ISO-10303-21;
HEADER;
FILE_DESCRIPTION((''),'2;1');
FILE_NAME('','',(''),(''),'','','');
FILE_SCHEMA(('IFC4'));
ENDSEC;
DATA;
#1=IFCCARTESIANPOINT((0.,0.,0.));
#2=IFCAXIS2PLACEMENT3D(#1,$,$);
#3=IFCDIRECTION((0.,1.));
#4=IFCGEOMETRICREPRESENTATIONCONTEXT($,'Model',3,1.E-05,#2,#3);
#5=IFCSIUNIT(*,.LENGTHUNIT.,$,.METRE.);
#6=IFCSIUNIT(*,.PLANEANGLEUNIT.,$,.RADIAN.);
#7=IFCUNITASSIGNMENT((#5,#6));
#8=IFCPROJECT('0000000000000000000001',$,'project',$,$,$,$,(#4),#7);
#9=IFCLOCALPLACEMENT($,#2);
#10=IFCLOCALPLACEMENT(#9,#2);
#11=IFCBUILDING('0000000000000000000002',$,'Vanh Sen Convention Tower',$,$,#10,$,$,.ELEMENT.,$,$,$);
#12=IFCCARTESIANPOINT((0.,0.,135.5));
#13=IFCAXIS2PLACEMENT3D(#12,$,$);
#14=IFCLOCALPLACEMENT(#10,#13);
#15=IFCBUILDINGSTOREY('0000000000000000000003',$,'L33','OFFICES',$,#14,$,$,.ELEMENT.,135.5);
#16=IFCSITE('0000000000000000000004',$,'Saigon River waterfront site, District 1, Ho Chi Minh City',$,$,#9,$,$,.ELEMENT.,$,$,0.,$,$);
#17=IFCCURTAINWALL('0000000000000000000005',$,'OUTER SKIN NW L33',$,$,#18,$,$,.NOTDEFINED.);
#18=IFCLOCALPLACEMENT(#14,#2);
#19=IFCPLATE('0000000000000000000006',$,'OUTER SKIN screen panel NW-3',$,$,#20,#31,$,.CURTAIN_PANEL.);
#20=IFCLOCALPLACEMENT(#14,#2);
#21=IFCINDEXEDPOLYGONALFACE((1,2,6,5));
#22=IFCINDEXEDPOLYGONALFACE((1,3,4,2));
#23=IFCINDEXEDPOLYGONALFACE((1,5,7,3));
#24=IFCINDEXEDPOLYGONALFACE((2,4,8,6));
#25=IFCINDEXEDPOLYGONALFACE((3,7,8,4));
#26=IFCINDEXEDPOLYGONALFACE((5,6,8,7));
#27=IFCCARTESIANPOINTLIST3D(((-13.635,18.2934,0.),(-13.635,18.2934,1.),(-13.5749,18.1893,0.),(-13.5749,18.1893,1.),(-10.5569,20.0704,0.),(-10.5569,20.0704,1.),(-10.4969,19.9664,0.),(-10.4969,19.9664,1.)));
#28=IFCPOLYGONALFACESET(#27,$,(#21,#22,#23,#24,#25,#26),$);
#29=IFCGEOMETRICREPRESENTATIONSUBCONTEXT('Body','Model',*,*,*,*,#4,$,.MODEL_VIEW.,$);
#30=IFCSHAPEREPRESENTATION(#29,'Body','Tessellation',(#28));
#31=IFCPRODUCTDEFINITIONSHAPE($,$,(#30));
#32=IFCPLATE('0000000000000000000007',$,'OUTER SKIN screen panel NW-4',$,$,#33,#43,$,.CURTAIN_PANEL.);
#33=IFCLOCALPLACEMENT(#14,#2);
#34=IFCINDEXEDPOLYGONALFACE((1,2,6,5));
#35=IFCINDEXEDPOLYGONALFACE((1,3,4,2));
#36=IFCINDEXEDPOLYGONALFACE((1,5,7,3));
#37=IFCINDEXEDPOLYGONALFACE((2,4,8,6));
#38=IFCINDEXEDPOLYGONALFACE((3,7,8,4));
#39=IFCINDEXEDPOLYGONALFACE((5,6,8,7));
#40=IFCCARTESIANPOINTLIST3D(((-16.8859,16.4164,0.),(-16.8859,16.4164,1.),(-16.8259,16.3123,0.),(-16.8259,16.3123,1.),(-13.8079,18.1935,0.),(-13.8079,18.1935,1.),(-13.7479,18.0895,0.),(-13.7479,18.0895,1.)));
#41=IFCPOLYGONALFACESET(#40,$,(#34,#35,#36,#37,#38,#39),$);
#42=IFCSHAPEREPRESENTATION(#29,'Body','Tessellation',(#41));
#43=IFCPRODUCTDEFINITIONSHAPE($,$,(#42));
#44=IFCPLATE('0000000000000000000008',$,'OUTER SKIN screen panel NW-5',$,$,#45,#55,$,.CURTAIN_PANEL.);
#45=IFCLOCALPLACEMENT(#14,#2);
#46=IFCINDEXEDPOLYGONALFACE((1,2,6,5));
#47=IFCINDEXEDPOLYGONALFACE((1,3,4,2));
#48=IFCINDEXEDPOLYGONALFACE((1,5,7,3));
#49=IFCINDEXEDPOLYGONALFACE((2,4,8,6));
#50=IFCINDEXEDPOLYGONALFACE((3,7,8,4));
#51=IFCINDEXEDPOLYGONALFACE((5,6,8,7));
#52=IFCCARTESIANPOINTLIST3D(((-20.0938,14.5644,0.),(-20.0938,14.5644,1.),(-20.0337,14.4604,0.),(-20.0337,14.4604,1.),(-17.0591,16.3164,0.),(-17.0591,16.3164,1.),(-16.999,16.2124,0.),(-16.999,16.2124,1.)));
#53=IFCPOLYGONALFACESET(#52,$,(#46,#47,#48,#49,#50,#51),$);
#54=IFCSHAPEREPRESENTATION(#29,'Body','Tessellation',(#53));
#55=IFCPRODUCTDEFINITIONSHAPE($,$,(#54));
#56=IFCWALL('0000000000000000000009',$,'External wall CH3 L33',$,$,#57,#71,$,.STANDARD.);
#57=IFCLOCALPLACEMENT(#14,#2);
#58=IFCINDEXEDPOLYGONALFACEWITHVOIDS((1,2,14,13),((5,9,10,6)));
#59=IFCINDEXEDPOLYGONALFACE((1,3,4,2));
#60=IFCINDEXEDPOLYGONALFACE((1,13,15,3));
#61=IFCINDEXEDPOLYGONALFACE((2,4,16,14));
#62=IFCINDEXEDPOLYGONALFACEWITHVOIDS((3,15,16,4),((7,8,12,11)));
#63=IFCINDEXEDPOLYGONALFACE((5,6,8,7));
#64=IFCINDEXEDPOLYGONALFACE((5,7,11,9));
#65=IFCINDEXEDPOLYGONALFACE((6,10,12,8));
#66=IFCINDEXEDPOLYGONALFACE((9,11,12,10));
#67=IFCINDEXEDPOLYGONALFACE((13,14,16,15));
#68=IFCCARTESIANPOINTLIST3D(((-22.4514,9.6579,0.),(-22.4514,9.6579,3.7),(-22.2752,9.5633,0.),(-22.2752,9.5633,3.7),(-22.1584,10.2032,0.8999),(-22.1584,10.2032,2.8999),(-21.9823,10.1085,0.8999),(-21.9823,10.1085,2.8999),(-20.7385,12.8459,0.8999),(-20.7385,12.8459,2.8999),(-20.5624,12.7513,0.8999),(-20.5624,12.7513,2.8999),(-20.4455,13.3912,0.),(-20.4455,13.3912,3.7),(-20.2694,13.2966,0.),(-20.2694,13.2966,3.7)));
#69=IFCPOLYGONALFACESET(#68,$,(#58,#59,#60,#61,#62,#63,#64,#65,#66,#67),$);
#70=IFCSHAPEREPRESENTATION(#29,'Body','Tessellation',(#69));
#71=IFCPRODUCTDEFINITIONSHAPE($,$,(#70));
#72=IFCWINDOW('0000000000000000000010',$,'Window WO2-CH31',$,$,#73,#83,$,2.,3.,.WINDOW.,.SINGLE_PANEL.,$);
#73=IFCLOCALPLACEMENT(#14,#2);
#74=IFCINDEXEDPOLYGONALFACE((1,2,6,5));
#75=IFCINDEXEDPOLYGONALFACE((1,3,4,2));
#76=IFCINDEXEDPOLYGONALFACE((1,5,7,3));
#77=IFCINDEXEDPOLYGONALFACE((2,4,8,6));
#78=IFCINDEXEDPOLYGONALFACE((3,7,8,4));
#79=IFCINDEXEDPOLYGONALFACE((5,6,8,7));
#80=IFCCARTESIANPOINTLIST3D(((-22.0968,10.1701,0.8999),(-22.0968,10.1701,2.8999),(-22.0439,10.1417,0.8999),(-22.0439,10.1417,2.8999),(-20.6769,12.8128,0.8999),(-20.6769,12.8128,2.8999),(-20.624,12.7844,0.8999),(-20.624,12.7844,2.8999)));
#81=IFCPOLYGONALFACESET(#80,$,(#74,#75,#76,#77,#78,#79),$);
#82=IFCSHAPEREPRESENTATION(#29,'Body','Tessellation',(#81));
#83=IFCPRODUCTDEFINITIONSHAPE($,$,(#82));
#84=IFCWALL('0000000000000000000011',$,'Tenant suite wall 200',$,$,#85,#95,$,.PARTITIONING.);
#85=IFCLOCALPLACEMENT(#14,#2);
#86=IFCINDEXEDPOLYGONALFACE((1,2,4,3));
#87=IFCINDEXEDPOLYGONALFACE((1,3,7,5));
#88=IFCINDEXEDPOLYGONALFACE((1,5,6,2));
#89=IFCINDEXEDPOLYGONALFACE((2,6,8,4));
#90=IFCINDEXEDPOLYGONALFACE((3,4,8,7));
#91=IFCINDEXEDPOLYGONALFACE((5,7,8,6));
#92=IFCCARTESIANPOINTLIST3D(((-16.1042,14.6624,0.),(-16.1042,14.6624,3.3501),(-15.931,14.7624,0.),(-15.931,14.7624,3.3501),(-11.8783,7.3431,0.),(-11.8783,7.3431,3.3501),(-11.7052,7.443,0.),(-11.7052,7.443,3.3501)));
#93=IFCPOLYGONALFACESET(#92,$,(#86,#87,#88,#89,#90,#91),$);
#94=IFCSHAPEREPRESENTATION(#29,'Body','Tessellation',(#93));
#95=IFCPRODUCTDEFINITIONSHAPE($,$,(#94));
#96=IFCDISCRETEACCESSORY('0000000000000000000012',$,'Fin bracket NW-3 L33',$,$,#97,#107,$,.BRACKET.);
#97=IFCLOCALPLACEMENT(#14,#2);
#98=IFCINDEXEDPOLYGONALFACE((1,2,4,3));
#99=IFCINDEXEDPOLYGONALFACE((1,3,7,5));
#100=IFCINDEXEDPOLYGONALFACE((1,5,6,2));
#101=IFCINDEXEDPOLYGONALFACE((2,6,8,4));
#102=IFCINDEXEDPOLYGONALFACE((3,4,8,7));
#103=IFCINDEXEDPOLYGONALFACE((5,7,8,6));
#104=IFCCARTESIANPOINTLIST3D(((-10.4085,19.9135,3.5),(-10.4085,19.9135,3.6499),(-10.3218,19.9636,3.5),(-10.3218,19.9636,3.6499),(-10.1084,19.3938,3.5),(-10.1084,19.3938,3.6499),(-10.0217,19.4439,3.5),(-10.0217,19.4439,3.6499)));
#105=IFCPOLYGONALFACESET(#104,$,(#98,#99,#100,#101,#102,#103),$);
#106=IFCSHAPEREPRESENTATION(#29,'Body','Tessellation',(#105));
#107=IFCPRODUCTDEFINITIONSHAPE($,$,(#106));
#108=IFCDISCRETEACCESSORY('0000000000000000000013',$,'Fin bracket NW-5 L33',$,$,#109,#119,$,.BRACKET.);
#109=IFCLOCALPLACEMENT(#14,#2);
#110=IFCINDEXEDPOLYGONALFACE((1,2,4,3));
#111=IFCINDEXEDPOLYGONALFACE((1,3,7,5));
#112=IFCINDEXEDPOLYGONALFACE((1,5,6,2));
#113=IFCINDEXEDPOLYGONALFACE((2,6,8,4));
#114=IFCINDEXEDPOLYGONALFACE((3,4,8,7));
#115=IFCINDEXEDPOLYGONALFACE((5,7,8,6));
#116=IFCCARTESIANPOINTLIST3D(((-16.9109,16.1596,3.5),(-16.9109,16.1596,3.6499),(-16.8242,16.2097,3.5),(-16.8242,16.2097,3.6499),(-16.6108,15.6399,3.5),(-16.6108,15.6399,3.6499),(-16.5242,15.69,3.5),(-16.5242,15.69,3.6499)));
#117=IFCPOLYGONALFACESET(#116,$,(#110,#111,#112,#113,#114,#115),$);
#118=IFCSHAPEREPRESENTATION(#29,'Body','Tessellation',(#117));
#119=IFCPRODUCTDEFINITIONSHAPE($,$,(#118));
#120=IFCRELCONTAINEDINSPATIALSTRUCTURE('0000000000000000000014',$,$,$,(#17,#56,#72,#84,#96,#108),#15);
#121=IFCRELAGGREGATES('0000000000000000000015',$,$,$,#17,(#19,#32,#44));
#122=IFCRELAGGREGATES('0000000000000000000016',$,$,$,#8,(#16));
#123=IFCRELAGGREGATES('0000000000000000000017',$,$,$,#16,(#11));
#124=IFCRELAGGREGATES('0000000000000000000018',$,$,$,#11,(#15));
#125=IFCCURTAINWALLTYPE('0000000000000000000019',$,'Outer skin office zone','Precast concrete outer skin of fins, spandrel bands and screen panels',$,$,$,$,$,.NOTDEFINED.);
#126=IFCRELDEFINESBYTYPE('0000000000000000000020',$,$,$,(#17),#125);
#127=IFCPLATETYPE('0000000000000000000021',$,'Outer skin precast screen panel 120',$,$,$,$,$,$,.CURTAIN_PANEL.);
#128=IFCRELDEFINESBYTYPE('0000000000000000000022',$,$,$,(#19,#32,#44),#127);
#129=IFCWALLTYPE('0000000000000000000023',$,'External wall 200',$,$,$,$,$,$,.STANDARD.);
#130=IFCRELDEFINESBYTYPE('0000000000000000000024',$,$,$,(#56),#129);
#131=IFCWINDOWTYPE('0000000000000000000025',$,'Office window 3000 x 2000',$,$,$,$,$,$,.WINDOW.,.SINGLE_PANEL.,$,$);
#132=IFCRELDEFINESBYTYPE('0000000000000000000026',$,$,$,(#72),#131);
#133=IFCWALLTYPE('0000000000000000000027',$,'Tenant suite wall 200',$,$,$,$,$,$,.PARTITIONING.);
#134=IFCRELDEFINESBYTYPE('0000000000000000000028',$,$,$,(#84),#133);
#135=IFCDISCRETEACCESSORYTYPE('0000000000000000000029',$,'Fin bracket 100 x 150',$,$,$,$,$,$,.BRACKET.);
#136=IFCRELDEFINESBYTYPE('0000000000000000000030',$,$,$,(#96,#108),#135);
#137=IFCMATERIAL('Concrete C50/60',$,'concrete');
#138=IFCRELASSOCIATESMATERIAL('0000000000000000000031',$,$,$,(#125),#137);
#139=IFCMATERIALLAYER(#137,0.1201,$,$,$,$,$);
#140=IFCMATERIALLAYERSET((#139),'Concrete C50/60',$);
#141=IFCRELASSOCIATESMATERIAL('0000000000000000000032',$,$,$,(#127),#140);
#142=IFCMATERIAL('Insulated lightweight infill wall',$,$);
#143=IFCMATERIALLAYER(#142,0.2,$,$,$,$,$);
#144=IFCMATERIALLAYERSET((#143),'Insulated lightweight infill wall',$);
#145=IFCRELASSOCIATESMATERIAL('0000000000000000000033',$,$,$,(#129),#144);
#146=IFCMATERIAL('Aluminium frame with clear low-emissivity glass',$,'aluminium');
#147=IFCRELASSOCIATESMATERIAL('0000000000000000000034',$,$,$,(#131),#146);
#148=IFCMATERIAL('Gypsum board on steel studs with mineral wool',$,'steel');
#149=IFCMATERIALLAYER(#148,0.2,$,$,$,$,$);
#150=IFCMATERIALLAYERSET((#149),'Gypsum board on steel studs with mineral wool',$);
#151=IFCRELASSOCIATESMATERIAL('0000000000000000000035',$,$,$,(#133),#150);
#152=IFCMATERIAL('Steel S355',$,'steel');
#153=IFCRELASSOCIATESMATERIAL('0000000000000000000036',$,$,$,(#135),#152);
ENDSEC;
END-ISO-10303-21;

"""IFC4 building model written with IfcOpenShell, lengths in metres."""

from ifc_helpers import new_model, si_unit, direction, frame, frame_2d, origin, origin_2d, place, context, subcontext, project, spatial, rectangle, extrude, material, layer, layer_set, type_object, element, fill, aggregate, save


model = new_model("IFC4")

# Units and contexts
model_context = context("Model", 3, precision=1e-05, world=origin(), true_north=direction((0.0, 1.0)))
body_context = subcontext(model_context, "Body", "Model", "MODEL_VIEW")
ifc_project = project(units=[si_unit("LENGTHUNIT", "METRE"), si_unit("PLANEANGLEUNIT", "RADIAN")], contexts=[model_context])

# Site, building, storey
site_placement = place(None, origin())
site = spatial("IfcSite", under=ifc_project, at=site_placement, Name="Saigon River waterfront site, District 1, Ho Chi Minh City", CompositionType="ELEMENT", RefElevation=0.0)
building_placement = place(site_placement, origin())
building = spatial("IfcBuilding", under=site, at=building_placement, Name="Vanh Sen Convention Tower", CompositionType="ELEMENT")
storey_placement = place(building_placement, frame((0.0, 0.0, 135.5)))
storey = spatial("IfcBuildingStorey", under=building, at=storey_placement, Name="L33", Description="OFFICES", CompositionType="ELEMENT", Elevation=135.5)

# Curtain wall
ifc_material_1 = material(Name="Concrete C50/60", Category="concrete")
curtain_wall_type = type_object("IfcCurtainWallType", Name="Outer skin office zone", Description="Precast concrete outer skin of fins, spandrel bands and screen panels", PredefinedType="NOTDEFINED", material=ifc_material_1)
curtain_wall_1_placement = place(storey_placement, origin())
curtain_wall_1 = element("IfcCurtainWall", 1, at=curtain_wall_1_placement, inside=storey, type_object=curtain_wall_type, Name="OUTER SKIN NW L33", PredefinedType="NOTDEFINED")

# Plates
ifc_layer_1 = layer(ifc_material_1, 0.1201)
ifc_layer_set_1 = layer_set([ifc_layer_1], Name="Concrete C50/60")
plate_type = type_object("IfcPlateType", Name="Outer skin precast screen panel 120", PredefinedType="CURTAIN_PANEL", material=ifc_layer_set_1)
plate_1_placement = place(storey_placement, frame((-12.0659, 19.1299, 0.0), z_axis=(0.0, 0.0, 1.0), x_axis=(-0.866035, -0.499983, 0.0)))
plate_1 = element("IfcPlate", 2, at=plate_1_placement, type_object=plate_type, Name="OUTER SKIN screen panel NW-3", PredefinedType="CURTAIN_PANEL", context=body_context, shape_type="SweptSolid", body=[
    extrude(rectangle(XDim=3.5542, YDim=0.1201, at=origin_2d()), origin(), (0.0, 0.0, 1.0), 1.0),
])
plate_2_placement = place(storey_placement, frame((-15.3169, 17.2529, 0.0), z_axis=(0.0, 0.0, 1.0), x_axis=(-0.866017, -0.500015, 0.0)))
plate_2 = element("IfcPlate", 3, at=plate_2_placement, type_object=plate_type, Name="OUTER SKIN screen panel NW-4", PredefinedType="CURTAIN_PANEL", context=body_context, shape_type="SweptSolid", body=[
    extrude(rectangle(XDim=3.5542, YDim=0.1201, at=origin_2d()), origin(), (0.0, 0.0, 1.0), 1.0),
])
plate_3_placement = place(storey_placement, frame((-18.5464, 15.3884, 0.0), z_axis=(0.0, 0.0, 1.0), x_axis=(-0.866035, -0.499983, 0.0)))
plate_3 = element("IfcPlate", 4, at=plate_3_placement, type_object=plate_type, Name="OUTER SKIN screen panel NW-5", PredefinedType="CURTAIN_PANEL", context=body_context, shape_type="SweptSolid", body=[
    extrude(rectangle(XDim=3.5042, YDim=0.1201, at=origin_2d()), origin(), (0.0, 0.0, 1.0), 1.0),
])
aggregate(curtain_wall_1, [plate_1, plate_2, plate_3])

# Wall, opening, window
ifc_material_2 = material(Name="Insulated lightweight infill wall")
ifc_layer_2 = layer(ifc_material_2, 0.2)
ifc_layer_set_2 = layer_set([ifc_layer_2], Name="Insulated lightweight infill wall")
wall_type_1 = type_object("IfcWallType", Name="External wall 200", PredefinedType="STANDARD", material=ifc_layer_set_2)
wall_1_placement = place(storey_placement, frame((-20.3574, 13.344, 0.0), z_axis=(0.0, 0.0, 1.0), x_axis=(-0.473289, -0.880907, 0.0)))
wall_1 = element("IfcWall", 5, at=wall_1_placement, inside=storey, type_object=wall_type_1, Name="External wall CH3 L33", PredefinedType="STANDARD", context=body_context, shape_type="SweptSolid", body=[
    extrude(rectangle(XDim=4.238, YDim=0.2, at=frame_2d((2.1191, 0.0))), origin(), (0.0, 0.0, 1.0), 3.7),
])
opening_placement = place(wall_1_placement, frame((0.6191, 0.0, 0.8999)))
opening = element("IfcOpeningElement", 6, at=opening_placement, cuts=wall_1, PredefinedType="OPENING", context=body_context, shape_type="SweptSolid", body=[
    extrude(rectangle(XDim=3.0, YDim=2.0, at=frame_2d((1.5, 1.0))), frame((0.0, 0.1099, 0.0), z_axis=(0.0, -1.0, 0.0), x_axis=(1.0, 0.0, 0.0)), (0.0, 0.0, 1.0), 0.22),
])
ifc_material_3 = material(Name="Aluminium frame with clear low-emissivity glass", Category="aluminium")
window_type = type_object("IfcWindowType", Name="Office window 3000 x 2000", PartitioningType="SINGLE_PANEL", PredefinedType="WINDOW", material=ifc_material_3)
window_placement = place(opening_placement, origin())
window = element("IfcWindow", 7, at=window_placement, inside=storey, type_object=window_type, Name="Window WO2-CH31", OverallHeight=2.0, OverallWidth=3.0, PartitioningType="SINGLE_PANEL", PredefinedType="WINDOW", context=body_context, shape_type="SweptSolid", body=[
    extrude(rectangle(XDim=3.0, YDim=2.0, at=frame_2d((1.5, 1.0))), frame((0.0, 0.03, 0.0), z_axis=(0.0, -1.0, 0.0), x_axis=(1.0, 0.0, 0.0)), (0.0, 0.0, 1.0), 0.0601),
])
fill(opening, window)

# Wall
ifc_material_4 = material(Name="Gypsum board on steel studs with mineral wool", Category="steel")
ifc_layer_3 = layer(ifc_material_4, 0.2)
ifc_layer_set_3 = layer_set([ifc_layer_3], Name="Gypsum board on steel studs with mineral wool")
wall_type_2 = type_object("IfcWallType", Name="Tenant suite wall 200", PredefinedType="PARTITIONING", material=ifc_layer_set_3)
wall_2_placement = place(storey_placement, frame((-16.0176, 14.7124, 0.0), z_axis=(0.0, 0.0, 1.0), x_axis=(0.500001, -0.866025, 0.0)))
element("IfcWall", 8, at=wall_2_placement, inside=storey, type_object=wall_type_2, Name="Tenant suite wall 200", PredefinedType="PARTITIONING", context=body_context, shape_type="SweptSolid", body=[
    extrude(rectangle(XDim=8.4517, YDim=0.2, at=frame_2d((4.2258, 0.0))), origin(), (0.0, 0.0, 1.0), 3.3501),
])

# Discrete accessories
ifc_material_5 = material(Name="Steel S355", Category="steel")
discrete_accessory_type = type_object("IfcDiscreteAccessoryType", Name="Fin bracket 100 x 150", PredefinedType="BRACKET", material=ifc_material_5)
for number, where, z_axis, x_axis, name in (
    (9, (-10.2151, 19.6787, 3.5), (0.0, 0.0, 1.0), (-0.5, 0.866025, 0.0), "Fin bracket NW-3 L33"),
    (10, (-16.7175, 15.9248, 3.5), (0.0, 0.0, 1.0), (-0.5, 0.866025, 0.0), "Fin bracket NW-5 L33"),
):
    element("IfcDiscreteAccessory", number, at=place(storey_placement, frame(where, z_axis=z_axis, x_axis=x_axis)), inside=storey, type_object=discrete_accessory_type, Name=name, PredefinedType="BRACKET", context=body_context, shape_type="SweptSolid", body=[
        extrude(rectangle(XDim=0.6001, YDim=0.1001, at=origin_2d()), origin(), (0.0, 0.0, 1.0), 0.1499),
    ])

save(model, "model.ifc")
